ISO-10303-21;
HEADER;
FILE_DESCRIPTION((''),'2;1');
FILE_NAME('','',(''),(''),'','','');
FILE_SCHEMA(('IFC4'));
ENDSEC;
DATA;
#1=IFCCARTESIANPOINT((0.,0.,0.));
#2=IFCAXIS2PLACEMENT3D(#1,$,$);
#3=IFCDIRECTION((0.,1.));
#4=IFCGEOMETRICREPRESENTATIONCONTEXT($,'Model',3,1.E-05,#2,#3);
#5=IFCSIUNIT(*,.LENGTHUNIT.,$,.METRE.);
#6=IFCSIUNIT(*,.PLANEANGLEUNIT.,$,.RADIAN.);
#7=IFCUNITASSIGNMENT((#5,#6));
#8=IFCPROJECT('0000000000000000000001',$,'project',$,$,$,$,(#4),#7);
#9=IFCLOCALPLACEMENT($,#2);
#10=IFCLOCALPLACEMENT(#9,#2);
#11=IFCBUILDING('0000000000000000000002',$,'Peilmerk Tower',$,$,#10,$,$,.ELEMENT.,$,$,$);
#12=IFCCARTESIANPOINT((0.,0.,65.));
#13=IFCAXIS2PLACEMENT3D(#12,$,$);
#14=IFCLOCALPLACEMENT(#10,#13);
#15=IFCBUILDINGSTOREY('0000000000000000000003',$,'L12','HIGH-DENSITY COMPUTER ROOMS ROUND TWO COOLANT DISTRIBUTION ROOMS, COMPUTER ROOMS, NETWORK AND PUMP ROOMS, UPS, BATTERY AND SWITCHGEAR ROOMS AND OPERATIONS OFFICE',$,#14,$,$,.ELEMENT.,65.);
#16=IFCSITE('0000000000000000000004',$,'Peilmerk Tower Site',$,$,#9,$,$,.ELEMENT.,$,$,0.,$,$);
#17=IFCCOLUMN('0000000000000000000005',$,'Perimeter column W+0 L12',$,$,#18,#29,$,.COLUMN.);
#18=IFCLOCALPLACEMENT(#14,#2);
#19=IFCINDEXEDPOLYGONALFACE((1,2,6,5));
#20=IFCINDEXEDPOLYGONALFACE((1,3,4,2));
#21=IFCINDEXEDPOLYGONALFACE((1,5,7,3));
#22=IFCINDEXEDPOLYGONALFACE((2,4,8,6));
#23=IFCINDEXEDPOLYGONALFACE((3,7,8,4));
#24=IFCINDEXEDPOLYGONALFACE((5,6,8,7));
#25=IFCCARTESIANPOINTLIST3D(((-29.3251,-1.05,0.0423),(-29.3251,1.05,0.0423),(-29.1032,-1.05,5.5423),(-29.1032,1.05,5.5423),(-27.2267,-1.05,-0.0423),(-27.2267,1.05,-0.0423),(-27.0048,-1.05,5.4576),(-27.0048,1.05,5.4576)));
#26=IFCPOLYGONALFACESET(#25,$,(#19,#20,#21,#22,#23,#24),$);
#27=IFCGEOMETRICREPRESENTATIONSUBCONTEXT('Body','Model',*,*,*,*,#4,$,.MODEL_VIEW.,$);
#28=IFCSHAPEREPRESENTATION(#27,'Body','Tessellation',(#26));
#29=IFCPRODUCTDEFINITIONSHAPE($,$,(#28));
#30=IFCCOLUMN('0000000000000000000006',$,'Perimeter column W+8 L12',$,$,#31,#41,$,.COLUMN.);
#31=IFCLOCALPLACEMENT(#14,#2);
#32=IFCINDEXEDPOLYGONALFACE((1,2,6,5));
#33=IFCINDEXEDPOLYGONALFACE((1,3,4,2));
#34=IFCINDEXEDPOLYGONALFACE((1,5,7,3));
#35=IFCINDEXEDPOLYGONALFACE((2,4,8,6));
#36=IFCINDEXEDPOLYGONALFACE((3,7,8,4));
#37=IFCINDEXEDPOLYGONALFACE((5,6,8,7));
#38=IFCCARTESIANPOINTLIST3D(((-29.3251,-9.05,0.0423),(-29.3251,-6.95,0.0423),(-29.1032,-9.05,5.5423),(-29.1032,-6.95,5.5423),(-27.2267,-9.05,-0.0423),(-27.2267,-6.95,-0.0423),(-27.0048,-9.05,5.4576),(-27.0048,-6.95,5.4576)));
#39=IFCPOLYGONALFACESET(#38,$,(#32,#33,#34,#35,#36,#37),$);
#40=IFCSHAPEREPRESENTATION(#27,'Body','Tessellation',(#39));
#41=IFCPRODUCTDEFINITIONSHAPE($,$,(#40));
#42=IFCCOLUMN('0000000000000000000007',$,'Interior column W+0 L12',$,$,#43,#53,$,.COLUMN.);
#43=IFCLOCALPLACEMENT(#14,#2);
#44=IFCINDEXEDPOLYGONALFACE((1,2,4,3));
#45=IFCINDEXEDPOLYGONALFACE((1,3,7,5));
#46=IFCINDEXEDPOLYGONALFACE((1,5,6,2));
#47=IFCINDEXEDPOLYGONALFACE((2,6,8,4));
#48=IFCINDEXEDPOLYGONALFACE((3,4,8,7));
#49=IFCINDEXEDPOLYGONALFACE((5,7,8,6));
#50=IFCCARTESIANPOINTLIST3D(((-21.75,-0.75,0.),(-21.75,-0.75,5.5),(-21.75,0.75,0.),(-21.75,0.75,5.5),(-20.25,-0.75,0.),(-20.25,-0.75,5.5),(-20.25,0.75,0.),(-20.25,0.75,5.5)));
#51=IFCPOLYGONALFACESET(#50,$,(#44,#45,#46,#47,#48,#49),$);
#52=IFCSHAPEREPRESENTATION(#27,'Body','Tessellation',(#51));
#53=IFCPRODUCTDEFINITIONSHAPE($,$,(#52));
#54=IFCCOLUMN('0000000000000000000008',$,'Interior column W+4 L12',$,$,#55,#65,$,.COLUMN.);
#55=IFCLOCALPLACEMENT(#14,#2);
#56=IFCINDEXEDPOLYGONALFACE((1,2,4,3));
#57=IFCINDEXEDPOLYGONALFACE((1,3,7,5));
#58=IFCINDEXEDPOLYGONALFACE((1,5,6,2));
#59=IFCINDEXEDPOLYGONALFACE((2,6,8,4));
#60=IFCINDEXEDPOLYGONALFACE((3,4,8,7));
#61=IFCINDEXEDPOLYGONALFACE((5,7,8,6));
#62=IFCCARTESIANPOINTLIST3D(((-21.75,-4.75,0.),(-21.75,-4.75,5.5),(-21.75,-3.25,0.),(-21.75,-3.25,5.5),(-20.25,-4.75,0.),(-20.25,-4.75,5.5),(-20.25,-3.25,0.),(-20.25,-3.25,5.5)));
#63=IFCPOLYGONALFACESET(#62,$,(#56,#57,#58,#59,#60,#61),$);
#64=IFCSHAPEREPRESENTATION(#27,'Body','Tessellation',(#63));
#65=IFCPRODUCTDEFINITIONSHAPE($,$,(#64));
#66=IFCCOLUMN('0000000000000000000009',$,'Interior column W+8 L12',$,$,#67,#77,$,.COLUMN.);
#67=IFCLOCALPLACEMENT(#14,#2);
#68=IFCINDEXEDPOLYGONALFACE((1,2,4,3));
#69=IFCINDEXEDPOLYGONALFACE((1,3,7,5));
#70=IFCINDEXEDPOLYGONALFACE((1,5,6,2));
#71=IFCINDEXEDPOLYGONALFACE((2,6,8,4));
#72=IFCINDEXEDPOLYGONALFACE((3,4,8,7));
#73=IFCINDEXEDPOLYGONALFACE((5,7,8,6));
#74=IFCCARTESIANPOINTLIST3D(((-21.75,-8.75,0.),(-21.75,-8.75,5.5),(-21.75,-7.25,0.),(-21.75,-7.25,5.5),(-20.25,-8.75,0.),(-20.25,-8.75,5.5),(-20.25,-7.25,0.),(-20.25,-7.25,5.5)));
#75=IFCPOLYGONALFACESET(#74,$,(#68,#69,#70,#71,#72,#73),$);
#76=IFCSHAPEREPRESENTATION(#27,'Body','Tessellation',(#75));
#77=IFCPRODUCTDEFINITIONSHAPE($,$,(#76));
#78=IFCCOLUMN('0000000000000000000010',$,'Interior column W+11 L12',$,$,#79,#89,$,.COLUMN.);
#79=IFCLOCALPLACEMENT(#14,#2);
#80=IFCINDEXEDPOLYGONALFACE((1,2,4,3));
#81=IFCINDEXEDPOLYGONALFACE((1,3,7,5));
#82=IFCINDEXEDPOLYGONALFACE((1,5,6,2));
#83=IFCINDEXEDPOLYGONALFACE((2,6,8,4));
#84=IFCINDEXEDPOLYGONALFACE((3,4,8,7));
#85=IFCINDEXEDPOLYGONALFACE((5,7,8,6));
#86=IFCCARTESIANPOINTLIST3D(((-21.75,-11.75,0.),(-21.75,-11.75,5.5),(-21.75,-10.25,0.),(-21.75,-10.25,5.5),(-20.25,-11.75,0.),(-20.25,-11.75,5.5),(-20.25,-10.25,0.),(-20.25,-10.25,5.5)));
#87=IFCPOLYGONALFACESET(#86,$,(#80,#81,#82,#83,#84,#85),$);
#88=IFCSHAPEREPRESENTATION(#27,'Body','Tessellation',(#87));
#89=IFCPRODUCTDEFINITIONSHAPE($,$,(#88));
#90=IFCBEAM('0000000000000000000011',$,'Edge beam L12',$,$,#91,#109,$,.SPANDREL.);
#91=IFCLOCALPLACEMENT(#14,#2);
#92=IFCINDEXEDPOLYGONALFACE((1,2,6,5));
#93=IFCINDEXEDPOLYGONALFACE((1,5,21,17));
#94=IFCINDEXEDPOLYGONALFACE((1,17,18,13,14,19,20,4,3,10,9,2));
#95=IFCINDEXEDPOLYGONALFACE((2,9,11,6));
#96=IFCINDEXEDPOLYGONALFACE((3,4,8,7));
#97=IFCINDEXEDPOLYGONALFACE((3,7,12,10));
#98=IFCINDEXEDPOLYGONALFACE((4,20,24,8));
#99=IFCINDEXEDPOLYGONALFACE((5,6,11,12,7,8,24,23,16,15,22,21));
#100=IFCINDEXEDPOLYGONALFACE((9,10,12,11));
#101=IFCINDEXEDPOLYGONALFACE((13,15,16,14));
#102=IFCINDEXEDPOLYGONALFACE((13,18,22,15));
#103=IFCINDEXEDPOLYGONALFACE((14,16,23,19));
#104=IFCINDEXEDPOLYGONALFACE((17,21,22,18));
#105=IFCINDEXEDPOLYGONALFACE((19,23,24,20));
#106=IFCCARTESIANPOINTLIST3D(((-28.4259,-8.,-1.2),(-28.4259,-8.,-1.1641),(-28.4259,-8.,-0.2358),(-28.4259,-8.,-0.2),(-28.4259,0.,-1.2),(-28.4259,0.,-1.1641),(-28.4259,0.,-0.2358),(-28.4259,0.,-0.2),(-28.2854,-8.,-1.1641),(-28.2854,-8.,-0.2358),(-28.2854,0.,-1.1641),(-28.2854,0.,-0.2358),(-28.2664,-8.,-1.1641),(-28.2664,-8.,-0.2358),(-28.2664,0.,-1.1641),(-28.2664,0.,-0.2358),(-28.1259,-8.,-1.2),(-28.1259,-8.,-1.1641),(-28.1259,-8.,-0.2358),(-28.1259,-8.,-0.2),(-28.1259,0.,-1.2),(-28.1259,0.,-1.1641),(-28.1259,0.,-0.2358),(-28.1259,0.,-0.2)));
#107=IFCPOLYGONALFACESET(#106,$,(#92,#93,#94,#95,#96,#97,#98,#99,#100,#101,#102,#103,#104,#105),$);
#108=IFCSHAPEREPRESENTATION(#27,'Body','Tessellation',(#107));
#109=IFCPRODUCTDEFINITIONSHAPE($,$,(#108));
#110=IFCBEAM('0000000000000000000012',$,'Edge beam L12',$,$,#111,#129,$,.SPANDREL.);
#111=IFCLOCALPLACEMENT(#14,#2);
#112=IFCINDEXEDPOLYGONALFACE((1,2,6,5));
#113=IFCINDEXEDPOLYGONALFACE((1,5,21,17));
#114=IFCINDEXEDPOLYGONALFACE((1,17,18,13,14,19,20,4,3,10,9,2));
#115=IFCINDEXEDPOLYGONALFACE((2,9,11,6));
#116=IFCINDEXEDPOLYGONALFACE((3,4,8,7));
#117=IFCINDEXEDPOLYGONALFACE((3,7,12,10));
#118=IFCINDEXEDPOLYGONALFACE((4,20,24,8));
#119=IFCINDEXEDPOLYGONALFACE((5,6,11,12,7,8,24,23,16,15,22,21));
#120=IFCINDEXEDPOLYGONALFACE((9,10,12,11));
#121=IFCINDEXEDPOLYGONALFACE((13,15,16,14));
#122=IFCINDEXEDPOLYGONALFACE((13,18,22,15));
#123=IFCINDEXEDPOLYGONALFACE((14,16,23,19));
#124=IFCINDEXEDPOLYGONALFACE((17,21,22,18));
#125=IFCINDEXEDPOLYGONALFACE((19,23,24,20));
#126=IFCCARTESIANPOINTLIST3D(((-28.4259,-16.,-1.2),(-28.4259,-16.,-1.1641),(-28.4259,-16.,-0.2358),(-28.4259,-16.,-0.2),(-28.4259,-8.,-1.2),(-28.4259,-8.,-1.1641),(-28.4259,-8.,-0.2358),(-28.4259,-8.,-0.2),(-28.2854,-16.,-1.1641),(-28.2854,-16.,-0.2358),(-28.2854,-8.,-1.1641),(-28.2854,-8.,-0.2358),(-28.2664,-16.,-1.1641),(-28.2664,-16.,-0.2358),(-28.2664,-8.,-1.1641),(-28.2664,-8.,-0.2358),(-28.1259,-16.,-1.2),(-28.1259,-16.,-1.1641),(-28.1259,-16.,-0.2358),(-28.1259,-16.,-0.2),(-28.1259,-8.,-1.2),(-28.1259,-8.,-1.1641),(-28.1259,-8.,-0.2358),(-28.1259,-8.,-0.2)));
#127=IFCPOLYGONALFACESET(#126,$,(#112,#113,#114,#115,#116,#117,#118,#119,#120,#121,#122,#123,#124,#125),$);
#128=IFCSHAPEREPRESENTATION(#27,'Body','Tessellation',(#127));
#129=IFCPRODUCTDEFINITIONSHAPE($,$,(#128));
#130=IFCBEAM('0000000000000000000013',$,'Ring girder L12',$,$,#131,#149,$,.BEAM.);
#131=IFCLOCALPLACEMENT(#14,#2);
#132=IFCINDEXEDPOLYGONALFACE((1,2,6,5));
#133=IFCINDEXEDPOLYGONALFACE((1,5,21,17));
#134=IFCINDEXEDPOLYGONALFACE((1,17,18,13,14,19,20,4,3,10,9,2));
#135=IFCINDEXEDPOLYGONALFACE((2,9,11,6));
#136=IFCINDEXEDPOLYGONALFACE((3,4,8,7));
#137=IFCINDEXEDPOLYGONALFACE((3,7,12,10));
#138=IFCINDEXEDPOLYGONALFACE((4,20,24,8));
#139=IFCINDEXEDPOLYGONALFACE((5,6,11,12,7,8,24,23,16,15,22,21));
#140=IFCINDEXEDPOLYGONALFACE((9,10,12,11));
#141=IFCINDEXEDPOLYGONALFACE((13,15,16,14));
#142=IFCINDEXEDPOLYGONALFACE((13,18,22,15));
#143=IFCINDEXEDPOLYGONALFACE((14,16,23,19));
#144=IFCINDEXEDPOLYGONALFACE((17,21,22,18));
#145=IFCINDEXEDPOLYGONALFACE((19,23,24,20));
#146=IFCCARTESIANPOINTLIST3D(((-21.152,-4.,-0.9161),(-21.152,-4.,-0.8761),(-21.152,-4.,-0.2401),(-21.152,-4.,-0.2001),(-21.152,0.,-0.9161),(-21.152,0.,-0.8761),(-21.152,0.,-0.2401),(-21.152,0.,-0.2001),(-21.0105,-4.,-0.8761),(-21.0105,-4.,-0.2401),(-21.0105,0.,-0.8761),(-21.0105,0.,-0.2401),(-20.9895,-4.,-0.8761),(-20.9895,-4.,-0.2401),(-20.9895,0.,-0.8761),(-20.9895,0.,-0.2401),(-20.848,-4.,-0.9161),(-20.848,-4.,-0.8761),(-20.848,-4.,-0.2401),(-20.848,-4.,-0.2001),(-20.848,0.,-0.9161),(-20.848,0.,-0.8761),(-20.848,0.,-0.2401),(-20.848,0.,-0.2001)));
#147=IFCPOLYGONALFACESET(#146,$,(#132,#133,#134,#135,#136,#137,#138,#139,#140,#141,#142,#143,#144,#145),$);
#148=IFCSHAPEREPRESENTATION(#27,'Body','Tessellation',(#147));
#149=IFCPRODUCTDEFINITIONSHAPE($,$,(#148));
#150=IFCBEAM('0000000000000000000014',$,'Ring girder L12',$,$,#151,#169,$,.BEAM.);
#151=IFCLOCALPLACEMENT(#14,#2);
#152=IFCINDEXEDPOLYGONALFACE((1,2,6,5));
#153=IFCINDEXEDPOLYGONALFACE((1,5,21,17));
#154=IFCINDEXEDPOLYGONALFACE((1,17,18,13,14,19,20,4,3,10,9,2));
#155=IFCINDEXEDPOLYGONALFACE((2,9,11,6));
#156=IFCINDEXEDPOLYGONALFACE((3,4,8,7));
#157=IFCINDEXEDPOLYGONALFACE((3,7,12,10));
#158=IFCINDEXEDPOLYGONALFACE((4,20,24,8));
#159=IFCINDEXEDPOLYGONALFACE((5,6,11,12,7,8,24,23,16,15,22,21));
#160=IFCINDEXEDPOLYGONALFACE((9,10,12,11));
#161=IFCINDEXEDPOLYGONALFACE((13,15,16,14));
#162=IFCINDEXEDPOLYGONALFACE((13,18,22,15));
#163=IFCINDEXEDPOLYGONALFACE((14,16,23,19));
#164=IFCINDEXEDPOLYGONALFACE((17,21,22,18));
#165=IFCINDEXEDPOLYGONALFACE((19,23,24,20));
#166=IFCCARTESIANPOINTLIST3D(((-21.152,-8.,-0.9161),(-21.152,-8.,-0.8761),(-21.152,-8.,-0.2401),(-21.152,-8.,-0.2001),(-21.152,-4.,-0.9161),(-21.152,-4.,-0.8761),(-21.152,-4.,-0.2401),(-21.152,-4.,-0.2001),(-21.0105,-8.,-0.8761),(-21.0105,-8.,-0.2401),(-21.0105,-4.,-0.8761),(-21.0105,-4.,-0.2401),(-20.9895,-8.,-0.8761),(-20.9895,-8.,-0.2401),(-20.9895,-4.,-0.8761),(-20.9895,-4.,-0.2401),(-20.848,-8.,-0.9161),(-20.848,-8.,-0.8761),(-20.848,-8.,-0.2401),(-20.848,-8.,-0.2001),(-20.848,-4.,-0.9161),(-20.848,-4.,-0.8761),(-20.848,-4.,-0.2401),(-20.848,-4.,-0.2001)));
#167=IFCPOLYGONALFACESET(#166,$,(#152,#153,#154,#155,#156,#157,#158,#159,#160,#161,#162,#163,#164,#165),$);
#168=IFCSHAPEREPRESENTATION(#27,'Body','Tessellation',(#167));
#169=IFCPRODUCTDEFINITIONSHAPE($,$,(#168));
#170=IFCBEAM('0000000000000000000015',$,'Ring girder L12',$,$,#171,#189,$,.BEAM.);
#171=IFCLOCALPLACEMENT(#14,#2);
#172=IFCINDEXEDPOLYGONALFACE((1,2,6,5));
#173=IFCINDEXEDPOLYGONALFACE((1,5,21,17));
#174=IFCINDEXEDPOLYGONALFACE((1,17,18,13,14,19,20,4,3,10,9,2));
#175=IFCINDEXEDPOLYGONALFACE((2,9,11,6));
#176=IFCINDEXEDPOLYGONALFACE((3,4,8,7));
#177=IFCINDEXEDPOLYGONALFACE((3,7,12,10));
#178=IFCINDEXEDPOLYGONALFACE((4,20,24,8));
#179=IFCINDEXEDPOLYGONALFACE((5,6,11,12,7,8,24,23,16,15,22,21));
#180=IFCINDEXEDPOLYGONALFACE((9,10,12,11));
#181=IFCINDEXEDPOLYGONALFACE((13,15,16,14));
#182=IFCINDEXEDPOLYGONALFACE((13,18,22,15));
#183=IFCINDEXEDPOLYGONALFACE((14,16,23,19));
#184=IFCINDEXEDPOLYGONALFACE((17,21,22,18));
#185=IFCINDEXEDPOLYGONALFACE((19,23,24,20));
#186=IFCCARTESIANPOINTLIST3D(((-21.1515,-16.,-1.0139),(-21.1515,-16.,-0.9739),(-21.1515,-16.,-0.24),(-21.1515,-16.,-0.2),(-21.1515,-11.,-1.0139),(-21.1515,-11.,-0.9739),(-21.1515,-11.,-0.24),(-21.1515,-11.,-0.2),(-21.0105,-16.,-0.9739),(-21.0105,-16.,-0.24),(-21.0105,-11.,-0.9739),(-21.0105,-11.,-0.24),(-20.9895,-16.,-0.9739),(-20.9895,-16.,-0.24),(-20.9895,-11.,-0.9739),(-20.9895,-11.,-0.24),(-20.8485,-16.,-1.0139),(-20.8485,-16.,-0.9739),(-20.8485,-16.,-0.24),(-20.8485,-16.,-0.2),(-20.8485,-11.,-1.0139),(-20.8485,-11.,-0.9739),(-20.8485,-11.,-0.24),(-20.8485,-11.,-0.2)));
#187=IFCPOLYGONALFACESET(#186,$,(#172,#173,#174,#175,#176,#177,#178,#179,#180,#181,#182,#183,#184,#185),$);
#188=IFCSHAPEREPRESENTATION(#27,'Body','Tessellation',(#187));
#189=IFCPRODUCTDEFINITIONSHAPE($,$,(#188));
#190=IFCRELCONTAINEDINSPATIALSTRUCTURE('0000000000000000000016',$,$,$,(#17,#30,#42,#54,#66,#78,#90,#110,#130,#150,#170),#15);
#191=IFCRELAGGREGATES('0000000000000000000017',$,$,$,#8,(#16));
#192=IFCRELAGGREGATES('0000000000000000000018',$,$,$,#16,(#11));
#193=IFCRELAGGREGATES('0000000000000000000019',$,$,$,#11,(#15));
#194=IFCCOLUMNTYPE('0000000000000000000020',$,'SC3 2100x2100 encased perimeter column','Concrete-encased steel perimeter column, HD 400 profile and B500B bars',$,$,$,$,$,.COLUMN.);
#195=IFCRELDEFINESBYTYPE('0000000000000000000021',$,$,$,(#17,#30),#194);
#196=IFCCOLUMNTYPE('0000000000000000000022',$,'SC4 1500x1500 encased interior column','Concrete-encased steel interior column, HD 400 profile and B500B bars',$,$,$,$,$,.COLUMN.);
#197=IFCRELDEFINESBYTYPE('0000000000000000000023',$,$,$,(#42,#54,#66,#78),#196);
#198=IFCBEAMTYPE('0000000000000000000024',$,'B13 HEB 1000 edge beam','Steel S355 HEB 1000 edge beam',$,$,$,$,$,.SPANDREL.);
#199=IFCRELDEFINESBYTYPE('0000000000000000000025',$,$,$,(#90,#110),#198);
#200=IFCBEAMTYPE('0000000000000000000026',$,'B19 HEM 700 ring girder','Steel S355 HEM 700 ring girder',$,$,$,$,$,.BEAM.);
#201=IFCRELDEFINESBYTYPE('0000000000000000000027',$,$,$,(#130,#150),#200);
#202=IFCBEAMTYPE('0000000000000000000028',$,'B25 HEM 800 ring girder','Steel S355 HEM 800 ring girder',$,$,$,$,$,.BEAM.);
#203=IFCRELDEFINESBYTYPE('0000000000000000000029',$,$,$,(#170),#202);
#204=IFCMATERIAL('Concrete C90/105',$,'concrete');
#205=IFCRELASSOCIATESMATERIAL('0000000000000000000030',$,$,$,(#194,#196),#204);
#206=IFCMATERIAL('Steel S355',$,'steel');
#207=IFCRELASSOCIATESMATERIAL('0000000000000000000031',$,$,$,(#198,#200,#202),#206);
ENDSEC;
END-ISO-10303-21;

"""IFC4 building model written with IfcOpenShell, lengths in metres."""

from ifc_helpers import new_model, si_unit, direction, frame, origin, origin_2d, place, context, subcontext, project, spatial, rectangle, i_section, extrude, material, material_profile, profile_set, type_object, element, save


model = new_model("IFC4")

# Units and contexts
model_context = context("Model", 3, precision=1e-05, world=origin(), true_north=direction((0.0, 1.0)))
body_context = subcontext(model_context, "Body", "Model", "MODEL_VIEW")
ifc_project = project(units=[si_unit("LENGTHUNIT", "METRE"), si_unit("PLANEANGLEUNIT", "RADIAN")], contexts=[model_context])

# Site, building, storey
site_placement = place(None, origin())
site = spatial("IfcSite", under=ifc_project, at=site_placement, Name="Peilmerk Tower Site", CompositionType="ELEMENT", RefElevation=0.0)
building_placement = place(site_placement, origin())
building = spatial("IfcBuilding", under=site, at=building_placement, Name="Peilmerk Tower", CompositionType="ELEMENT")
storey_placement = place(building_placement, frame((0.0, 0.0, 65.0)))
storey = spatial("IfcBuildingStorey", under=building, at=storey_placement, Name="L12", Description="HIGH-DENSITY COMPUTER ROOMS ROUND TWO COOLANT DISTRIBUTION ROOMS, COMPUTER ROOMS, NETWORK AND PUMP ROOMS, UPS, BATTERY AND SWITCHGEAR ROOMS AND OPERATIONS OFFICE", CompositionType="ELEMENT", Elevation=65.0)

# Columns
ifc_material_1 = material(Name="Concrete C90/105", Category="concrete")
ifc_material_profile_1 = material_profile(ifc_material_1, rectangle(XDim=2.1001, YDim=2.1001, at=origin_2d()), Name="RC 2100x2100")
ifc_profile_set_1 = profile_set([ifc_material_profile_1], Name="Concrete C90/105")
column_type_1 = type_object("IfcColumnType", Name="SC3 2100x2100 encased perimeter column", Description="Concrete-encased steel perimeter column, HD 400 profile and B500B bars", PredefinedType="COLUMN", material=ifc_profile_set_1)
for number, where, z_axis, x_axis, name in (
    (1, (-28.2759, 0.0, 0.0), (0.040317, 0.0, 0.999187), (0.0, 1.0, 0.0), "Perimeter column W+0 L12"),
    (2, (-28.2759, -8.0, 0.0), (0.040317, 0.0, 0.999187), (0.0, 1.0, 0.0), "Perimeter column W+8 L12"),
):
    element("IfcColumn", number, at=place(storey_placement, frame(where, z_axis=z_axis, x_axis=x_axis)), inside=storey, type_object=column_type_1, Name=name, PredefinedType="COLUMN", context=body_context, shape_type="SweptSolid", body=[
        extrude(rectangle(XDim=2.1001, YDim=2.1001, at=origin_2d()), origin(), (0.0, 0.0, 1.0), 5.5044),
    ])
ifc_material_profile_2 = material_profile(ifc_material_1, rectangle(XDim=1.5, YDim=1.5, at=origin_2d()), Name="RC 1500x1500")
ifc_profile_set_2 = profile_set([ifc_material_profile_2], Name="Concrete C90/105")
column_type_2 = type_object("IfcColumnType", Name="SC4 1500x1500 encased interior column", Description="Concrete-encased steel interior column, HD 400 profile and B500B bars", PredefinedType="COLUMN", material=ifc_profile_set_2)
for number, where, z_axis, x_axis, name in (
    (3, (-21.0, 0.0, 0.0), (0.0, 0.0, 1.0), (1.0, 0.0, 0.0), "Interior column W+0 L12"),
    (4, (-21.0, -4.0, 0.0), (0.0, 0.0, 1.0), (1.0, 0.0, 0.0), "Interior column W+4 L12"),
    (5, (-21.0, -8.0, 0.0), (0.0, 0.0, 1.0), (1.0, 0.0, 0.0), "Interior column W+8 L12"),
    (6, (-21.0, -11.0, 0.0), (0.0, 0.0, 1.0), (1.0, 0.0, 0.0), "Interior column W+11 L12"),
):
    element("IfcColumn", number, at=place(storey_placement, frame(where, z_axis=z_axis, x_axis=x_axis)), inside=storey, type_object=column_type_2, Name=name, PredefinedType="COLUMN", context=body_context, shape_type="SweptSolid", body=[
        extrude(rectangle(XDim=1.5, YDim=1.5, at=origin_2d()), origin(), (0.0, 0.0, 1.0), 5.5),
    ])

# Beams
ifc_material_2 = material(Name="Steel S355", Category="steel")
ifc_material_profile_3 = material_profile(ifc_material_2, i_section(OverallWidth=0.3, OverallDepth=1.0, WebThickness=0.019, FlangeThickness=0.0359, at=origin_2d()), Name="HEB 1000")
ifc_profile_set_3 = profile_set([ifc_material_profile_3], Name="Steel S355")
beam_type_1 = type_object("IfcBeamType", Name="B13 HEB 1000 edge beam", Description="Steel S355 HEB 1000 edge beam", PredefinedType="SPANDREL", material=ifc_profile_set_3)
for number, where, z_axis, x_axis, name in (
    (7, (-28.2759, 0.0, -0.7), (0.0, -1.0, 0.0), (1.0, 0.0, 0.0), "Edge beam L12"),
    (8, (-28.2759, -8.0, -0.7), (0.0, -1.0, 0.0), (1.0, 0.0, 0.0), "Edge beam L12"),
):
    element("IfcBeam", number, at=place(storey_placement, frame(where, z_axis=z_axis, x_axis=x_axis)), inside=storey, type_object=beam_type_1, Name=name, PredefinedType="SPANDREL", context=body_context, shape_type="SweptSolid", body=[
        extrude(i_section(OverallWidth=0.3, OverallDepth=1.0, WebThickness=0.019, FlangeThickness=0.0359, at=origin_2d()), origin(), (0.0, 0.0, 1.0), 8.0),
    ])
ifc_material_profile_4 = material_profile(ifc_material_2, i_section(OverallWidth=0.304, OverallDepth=0.7161, WebThickness=0.021, FlangeThickness=0.04, at=origin_2d()), Name="HEM 700")
ifc_profile_set_4 = profile_set([ifc_material_profile_4], Name="Steel S355")
beam_type_2 = type_object("IfcBeamType", Name="B19 HEM 700 ring girder", Description="Steel S355 HEM 700 ring girder", PredefinedType="BEAM", material=ifc_profile_set_4)
for number, where, z_axis, x_axis, name in (
    (9, (-21.0, 0.0, -0.5581), (0.0, -1.0, 0.0), (1.0, 0.0, 0.0), "Ring girder L12"),
    (10, (-21.0, -4.0, -0.5581), (0.0, -1.0, 0.0), (1.0, 0.0, 0.0), "Ring girder L12"),
):
    element("IfcBeam", number, at=place(storey_placement, frame(where, z_axis=z_axis, x_axis=x_axis)), inside=storey, type_object=beam_type_2, Name=name, PredefinedType="BEAM", context=body_context, shape_type="SweptSolid", body=[
        extrude(i_section(OverallWidth=0.304, OverallDepth=0.7161, WebThickness=0.021, FlangeThickness=0.04, at=origin_2d()), origin(), (0.0, 0.0, 1.0), 4.0),
    ])
ifc_material_profile_5 = material_profile(ifc_material_2, i_section(OverallWidth=0.303, OverallDepth=0.814, WebThickness=0.021, FlangeThickness=0.04, at=origin_2d()), Name="HEM 800")
ifc_profile_set_5 = profile_set([ifc_material_profile_5], Name="Steel S355")
beam_type_3 = type_object("IfcBeamType", Name="B25 HEM 800 ring girder", Description="Steel S355 HEM 800 ring girder", PredefinedType="BEAM", material=ifc_profile_set_5)
beam_1_placement = place(storey_placement, frame((-21.0, -11.0, -0.6069), z_axis=(0.0, -1.0, 0.0), x_axis=(1.0, 0.0, 0.0)))
element("IfcBeam", 11, at=beam_1_placement, inside=storey, type_object=beam_type_3, Name="Ring girder L12", PredefinedType="BEAM", context=body_context, shape_type="SweptSolid", body=[
    extrude(i_section(OverallWidth=0.303, OverallDepth=0.814, WebThickness=0.021, FlangeThickness=0.04, at=origin_2d()), origin(), (0.0, 0.0, 1.0), 5.0),
])

save(model, "model.ifc")
